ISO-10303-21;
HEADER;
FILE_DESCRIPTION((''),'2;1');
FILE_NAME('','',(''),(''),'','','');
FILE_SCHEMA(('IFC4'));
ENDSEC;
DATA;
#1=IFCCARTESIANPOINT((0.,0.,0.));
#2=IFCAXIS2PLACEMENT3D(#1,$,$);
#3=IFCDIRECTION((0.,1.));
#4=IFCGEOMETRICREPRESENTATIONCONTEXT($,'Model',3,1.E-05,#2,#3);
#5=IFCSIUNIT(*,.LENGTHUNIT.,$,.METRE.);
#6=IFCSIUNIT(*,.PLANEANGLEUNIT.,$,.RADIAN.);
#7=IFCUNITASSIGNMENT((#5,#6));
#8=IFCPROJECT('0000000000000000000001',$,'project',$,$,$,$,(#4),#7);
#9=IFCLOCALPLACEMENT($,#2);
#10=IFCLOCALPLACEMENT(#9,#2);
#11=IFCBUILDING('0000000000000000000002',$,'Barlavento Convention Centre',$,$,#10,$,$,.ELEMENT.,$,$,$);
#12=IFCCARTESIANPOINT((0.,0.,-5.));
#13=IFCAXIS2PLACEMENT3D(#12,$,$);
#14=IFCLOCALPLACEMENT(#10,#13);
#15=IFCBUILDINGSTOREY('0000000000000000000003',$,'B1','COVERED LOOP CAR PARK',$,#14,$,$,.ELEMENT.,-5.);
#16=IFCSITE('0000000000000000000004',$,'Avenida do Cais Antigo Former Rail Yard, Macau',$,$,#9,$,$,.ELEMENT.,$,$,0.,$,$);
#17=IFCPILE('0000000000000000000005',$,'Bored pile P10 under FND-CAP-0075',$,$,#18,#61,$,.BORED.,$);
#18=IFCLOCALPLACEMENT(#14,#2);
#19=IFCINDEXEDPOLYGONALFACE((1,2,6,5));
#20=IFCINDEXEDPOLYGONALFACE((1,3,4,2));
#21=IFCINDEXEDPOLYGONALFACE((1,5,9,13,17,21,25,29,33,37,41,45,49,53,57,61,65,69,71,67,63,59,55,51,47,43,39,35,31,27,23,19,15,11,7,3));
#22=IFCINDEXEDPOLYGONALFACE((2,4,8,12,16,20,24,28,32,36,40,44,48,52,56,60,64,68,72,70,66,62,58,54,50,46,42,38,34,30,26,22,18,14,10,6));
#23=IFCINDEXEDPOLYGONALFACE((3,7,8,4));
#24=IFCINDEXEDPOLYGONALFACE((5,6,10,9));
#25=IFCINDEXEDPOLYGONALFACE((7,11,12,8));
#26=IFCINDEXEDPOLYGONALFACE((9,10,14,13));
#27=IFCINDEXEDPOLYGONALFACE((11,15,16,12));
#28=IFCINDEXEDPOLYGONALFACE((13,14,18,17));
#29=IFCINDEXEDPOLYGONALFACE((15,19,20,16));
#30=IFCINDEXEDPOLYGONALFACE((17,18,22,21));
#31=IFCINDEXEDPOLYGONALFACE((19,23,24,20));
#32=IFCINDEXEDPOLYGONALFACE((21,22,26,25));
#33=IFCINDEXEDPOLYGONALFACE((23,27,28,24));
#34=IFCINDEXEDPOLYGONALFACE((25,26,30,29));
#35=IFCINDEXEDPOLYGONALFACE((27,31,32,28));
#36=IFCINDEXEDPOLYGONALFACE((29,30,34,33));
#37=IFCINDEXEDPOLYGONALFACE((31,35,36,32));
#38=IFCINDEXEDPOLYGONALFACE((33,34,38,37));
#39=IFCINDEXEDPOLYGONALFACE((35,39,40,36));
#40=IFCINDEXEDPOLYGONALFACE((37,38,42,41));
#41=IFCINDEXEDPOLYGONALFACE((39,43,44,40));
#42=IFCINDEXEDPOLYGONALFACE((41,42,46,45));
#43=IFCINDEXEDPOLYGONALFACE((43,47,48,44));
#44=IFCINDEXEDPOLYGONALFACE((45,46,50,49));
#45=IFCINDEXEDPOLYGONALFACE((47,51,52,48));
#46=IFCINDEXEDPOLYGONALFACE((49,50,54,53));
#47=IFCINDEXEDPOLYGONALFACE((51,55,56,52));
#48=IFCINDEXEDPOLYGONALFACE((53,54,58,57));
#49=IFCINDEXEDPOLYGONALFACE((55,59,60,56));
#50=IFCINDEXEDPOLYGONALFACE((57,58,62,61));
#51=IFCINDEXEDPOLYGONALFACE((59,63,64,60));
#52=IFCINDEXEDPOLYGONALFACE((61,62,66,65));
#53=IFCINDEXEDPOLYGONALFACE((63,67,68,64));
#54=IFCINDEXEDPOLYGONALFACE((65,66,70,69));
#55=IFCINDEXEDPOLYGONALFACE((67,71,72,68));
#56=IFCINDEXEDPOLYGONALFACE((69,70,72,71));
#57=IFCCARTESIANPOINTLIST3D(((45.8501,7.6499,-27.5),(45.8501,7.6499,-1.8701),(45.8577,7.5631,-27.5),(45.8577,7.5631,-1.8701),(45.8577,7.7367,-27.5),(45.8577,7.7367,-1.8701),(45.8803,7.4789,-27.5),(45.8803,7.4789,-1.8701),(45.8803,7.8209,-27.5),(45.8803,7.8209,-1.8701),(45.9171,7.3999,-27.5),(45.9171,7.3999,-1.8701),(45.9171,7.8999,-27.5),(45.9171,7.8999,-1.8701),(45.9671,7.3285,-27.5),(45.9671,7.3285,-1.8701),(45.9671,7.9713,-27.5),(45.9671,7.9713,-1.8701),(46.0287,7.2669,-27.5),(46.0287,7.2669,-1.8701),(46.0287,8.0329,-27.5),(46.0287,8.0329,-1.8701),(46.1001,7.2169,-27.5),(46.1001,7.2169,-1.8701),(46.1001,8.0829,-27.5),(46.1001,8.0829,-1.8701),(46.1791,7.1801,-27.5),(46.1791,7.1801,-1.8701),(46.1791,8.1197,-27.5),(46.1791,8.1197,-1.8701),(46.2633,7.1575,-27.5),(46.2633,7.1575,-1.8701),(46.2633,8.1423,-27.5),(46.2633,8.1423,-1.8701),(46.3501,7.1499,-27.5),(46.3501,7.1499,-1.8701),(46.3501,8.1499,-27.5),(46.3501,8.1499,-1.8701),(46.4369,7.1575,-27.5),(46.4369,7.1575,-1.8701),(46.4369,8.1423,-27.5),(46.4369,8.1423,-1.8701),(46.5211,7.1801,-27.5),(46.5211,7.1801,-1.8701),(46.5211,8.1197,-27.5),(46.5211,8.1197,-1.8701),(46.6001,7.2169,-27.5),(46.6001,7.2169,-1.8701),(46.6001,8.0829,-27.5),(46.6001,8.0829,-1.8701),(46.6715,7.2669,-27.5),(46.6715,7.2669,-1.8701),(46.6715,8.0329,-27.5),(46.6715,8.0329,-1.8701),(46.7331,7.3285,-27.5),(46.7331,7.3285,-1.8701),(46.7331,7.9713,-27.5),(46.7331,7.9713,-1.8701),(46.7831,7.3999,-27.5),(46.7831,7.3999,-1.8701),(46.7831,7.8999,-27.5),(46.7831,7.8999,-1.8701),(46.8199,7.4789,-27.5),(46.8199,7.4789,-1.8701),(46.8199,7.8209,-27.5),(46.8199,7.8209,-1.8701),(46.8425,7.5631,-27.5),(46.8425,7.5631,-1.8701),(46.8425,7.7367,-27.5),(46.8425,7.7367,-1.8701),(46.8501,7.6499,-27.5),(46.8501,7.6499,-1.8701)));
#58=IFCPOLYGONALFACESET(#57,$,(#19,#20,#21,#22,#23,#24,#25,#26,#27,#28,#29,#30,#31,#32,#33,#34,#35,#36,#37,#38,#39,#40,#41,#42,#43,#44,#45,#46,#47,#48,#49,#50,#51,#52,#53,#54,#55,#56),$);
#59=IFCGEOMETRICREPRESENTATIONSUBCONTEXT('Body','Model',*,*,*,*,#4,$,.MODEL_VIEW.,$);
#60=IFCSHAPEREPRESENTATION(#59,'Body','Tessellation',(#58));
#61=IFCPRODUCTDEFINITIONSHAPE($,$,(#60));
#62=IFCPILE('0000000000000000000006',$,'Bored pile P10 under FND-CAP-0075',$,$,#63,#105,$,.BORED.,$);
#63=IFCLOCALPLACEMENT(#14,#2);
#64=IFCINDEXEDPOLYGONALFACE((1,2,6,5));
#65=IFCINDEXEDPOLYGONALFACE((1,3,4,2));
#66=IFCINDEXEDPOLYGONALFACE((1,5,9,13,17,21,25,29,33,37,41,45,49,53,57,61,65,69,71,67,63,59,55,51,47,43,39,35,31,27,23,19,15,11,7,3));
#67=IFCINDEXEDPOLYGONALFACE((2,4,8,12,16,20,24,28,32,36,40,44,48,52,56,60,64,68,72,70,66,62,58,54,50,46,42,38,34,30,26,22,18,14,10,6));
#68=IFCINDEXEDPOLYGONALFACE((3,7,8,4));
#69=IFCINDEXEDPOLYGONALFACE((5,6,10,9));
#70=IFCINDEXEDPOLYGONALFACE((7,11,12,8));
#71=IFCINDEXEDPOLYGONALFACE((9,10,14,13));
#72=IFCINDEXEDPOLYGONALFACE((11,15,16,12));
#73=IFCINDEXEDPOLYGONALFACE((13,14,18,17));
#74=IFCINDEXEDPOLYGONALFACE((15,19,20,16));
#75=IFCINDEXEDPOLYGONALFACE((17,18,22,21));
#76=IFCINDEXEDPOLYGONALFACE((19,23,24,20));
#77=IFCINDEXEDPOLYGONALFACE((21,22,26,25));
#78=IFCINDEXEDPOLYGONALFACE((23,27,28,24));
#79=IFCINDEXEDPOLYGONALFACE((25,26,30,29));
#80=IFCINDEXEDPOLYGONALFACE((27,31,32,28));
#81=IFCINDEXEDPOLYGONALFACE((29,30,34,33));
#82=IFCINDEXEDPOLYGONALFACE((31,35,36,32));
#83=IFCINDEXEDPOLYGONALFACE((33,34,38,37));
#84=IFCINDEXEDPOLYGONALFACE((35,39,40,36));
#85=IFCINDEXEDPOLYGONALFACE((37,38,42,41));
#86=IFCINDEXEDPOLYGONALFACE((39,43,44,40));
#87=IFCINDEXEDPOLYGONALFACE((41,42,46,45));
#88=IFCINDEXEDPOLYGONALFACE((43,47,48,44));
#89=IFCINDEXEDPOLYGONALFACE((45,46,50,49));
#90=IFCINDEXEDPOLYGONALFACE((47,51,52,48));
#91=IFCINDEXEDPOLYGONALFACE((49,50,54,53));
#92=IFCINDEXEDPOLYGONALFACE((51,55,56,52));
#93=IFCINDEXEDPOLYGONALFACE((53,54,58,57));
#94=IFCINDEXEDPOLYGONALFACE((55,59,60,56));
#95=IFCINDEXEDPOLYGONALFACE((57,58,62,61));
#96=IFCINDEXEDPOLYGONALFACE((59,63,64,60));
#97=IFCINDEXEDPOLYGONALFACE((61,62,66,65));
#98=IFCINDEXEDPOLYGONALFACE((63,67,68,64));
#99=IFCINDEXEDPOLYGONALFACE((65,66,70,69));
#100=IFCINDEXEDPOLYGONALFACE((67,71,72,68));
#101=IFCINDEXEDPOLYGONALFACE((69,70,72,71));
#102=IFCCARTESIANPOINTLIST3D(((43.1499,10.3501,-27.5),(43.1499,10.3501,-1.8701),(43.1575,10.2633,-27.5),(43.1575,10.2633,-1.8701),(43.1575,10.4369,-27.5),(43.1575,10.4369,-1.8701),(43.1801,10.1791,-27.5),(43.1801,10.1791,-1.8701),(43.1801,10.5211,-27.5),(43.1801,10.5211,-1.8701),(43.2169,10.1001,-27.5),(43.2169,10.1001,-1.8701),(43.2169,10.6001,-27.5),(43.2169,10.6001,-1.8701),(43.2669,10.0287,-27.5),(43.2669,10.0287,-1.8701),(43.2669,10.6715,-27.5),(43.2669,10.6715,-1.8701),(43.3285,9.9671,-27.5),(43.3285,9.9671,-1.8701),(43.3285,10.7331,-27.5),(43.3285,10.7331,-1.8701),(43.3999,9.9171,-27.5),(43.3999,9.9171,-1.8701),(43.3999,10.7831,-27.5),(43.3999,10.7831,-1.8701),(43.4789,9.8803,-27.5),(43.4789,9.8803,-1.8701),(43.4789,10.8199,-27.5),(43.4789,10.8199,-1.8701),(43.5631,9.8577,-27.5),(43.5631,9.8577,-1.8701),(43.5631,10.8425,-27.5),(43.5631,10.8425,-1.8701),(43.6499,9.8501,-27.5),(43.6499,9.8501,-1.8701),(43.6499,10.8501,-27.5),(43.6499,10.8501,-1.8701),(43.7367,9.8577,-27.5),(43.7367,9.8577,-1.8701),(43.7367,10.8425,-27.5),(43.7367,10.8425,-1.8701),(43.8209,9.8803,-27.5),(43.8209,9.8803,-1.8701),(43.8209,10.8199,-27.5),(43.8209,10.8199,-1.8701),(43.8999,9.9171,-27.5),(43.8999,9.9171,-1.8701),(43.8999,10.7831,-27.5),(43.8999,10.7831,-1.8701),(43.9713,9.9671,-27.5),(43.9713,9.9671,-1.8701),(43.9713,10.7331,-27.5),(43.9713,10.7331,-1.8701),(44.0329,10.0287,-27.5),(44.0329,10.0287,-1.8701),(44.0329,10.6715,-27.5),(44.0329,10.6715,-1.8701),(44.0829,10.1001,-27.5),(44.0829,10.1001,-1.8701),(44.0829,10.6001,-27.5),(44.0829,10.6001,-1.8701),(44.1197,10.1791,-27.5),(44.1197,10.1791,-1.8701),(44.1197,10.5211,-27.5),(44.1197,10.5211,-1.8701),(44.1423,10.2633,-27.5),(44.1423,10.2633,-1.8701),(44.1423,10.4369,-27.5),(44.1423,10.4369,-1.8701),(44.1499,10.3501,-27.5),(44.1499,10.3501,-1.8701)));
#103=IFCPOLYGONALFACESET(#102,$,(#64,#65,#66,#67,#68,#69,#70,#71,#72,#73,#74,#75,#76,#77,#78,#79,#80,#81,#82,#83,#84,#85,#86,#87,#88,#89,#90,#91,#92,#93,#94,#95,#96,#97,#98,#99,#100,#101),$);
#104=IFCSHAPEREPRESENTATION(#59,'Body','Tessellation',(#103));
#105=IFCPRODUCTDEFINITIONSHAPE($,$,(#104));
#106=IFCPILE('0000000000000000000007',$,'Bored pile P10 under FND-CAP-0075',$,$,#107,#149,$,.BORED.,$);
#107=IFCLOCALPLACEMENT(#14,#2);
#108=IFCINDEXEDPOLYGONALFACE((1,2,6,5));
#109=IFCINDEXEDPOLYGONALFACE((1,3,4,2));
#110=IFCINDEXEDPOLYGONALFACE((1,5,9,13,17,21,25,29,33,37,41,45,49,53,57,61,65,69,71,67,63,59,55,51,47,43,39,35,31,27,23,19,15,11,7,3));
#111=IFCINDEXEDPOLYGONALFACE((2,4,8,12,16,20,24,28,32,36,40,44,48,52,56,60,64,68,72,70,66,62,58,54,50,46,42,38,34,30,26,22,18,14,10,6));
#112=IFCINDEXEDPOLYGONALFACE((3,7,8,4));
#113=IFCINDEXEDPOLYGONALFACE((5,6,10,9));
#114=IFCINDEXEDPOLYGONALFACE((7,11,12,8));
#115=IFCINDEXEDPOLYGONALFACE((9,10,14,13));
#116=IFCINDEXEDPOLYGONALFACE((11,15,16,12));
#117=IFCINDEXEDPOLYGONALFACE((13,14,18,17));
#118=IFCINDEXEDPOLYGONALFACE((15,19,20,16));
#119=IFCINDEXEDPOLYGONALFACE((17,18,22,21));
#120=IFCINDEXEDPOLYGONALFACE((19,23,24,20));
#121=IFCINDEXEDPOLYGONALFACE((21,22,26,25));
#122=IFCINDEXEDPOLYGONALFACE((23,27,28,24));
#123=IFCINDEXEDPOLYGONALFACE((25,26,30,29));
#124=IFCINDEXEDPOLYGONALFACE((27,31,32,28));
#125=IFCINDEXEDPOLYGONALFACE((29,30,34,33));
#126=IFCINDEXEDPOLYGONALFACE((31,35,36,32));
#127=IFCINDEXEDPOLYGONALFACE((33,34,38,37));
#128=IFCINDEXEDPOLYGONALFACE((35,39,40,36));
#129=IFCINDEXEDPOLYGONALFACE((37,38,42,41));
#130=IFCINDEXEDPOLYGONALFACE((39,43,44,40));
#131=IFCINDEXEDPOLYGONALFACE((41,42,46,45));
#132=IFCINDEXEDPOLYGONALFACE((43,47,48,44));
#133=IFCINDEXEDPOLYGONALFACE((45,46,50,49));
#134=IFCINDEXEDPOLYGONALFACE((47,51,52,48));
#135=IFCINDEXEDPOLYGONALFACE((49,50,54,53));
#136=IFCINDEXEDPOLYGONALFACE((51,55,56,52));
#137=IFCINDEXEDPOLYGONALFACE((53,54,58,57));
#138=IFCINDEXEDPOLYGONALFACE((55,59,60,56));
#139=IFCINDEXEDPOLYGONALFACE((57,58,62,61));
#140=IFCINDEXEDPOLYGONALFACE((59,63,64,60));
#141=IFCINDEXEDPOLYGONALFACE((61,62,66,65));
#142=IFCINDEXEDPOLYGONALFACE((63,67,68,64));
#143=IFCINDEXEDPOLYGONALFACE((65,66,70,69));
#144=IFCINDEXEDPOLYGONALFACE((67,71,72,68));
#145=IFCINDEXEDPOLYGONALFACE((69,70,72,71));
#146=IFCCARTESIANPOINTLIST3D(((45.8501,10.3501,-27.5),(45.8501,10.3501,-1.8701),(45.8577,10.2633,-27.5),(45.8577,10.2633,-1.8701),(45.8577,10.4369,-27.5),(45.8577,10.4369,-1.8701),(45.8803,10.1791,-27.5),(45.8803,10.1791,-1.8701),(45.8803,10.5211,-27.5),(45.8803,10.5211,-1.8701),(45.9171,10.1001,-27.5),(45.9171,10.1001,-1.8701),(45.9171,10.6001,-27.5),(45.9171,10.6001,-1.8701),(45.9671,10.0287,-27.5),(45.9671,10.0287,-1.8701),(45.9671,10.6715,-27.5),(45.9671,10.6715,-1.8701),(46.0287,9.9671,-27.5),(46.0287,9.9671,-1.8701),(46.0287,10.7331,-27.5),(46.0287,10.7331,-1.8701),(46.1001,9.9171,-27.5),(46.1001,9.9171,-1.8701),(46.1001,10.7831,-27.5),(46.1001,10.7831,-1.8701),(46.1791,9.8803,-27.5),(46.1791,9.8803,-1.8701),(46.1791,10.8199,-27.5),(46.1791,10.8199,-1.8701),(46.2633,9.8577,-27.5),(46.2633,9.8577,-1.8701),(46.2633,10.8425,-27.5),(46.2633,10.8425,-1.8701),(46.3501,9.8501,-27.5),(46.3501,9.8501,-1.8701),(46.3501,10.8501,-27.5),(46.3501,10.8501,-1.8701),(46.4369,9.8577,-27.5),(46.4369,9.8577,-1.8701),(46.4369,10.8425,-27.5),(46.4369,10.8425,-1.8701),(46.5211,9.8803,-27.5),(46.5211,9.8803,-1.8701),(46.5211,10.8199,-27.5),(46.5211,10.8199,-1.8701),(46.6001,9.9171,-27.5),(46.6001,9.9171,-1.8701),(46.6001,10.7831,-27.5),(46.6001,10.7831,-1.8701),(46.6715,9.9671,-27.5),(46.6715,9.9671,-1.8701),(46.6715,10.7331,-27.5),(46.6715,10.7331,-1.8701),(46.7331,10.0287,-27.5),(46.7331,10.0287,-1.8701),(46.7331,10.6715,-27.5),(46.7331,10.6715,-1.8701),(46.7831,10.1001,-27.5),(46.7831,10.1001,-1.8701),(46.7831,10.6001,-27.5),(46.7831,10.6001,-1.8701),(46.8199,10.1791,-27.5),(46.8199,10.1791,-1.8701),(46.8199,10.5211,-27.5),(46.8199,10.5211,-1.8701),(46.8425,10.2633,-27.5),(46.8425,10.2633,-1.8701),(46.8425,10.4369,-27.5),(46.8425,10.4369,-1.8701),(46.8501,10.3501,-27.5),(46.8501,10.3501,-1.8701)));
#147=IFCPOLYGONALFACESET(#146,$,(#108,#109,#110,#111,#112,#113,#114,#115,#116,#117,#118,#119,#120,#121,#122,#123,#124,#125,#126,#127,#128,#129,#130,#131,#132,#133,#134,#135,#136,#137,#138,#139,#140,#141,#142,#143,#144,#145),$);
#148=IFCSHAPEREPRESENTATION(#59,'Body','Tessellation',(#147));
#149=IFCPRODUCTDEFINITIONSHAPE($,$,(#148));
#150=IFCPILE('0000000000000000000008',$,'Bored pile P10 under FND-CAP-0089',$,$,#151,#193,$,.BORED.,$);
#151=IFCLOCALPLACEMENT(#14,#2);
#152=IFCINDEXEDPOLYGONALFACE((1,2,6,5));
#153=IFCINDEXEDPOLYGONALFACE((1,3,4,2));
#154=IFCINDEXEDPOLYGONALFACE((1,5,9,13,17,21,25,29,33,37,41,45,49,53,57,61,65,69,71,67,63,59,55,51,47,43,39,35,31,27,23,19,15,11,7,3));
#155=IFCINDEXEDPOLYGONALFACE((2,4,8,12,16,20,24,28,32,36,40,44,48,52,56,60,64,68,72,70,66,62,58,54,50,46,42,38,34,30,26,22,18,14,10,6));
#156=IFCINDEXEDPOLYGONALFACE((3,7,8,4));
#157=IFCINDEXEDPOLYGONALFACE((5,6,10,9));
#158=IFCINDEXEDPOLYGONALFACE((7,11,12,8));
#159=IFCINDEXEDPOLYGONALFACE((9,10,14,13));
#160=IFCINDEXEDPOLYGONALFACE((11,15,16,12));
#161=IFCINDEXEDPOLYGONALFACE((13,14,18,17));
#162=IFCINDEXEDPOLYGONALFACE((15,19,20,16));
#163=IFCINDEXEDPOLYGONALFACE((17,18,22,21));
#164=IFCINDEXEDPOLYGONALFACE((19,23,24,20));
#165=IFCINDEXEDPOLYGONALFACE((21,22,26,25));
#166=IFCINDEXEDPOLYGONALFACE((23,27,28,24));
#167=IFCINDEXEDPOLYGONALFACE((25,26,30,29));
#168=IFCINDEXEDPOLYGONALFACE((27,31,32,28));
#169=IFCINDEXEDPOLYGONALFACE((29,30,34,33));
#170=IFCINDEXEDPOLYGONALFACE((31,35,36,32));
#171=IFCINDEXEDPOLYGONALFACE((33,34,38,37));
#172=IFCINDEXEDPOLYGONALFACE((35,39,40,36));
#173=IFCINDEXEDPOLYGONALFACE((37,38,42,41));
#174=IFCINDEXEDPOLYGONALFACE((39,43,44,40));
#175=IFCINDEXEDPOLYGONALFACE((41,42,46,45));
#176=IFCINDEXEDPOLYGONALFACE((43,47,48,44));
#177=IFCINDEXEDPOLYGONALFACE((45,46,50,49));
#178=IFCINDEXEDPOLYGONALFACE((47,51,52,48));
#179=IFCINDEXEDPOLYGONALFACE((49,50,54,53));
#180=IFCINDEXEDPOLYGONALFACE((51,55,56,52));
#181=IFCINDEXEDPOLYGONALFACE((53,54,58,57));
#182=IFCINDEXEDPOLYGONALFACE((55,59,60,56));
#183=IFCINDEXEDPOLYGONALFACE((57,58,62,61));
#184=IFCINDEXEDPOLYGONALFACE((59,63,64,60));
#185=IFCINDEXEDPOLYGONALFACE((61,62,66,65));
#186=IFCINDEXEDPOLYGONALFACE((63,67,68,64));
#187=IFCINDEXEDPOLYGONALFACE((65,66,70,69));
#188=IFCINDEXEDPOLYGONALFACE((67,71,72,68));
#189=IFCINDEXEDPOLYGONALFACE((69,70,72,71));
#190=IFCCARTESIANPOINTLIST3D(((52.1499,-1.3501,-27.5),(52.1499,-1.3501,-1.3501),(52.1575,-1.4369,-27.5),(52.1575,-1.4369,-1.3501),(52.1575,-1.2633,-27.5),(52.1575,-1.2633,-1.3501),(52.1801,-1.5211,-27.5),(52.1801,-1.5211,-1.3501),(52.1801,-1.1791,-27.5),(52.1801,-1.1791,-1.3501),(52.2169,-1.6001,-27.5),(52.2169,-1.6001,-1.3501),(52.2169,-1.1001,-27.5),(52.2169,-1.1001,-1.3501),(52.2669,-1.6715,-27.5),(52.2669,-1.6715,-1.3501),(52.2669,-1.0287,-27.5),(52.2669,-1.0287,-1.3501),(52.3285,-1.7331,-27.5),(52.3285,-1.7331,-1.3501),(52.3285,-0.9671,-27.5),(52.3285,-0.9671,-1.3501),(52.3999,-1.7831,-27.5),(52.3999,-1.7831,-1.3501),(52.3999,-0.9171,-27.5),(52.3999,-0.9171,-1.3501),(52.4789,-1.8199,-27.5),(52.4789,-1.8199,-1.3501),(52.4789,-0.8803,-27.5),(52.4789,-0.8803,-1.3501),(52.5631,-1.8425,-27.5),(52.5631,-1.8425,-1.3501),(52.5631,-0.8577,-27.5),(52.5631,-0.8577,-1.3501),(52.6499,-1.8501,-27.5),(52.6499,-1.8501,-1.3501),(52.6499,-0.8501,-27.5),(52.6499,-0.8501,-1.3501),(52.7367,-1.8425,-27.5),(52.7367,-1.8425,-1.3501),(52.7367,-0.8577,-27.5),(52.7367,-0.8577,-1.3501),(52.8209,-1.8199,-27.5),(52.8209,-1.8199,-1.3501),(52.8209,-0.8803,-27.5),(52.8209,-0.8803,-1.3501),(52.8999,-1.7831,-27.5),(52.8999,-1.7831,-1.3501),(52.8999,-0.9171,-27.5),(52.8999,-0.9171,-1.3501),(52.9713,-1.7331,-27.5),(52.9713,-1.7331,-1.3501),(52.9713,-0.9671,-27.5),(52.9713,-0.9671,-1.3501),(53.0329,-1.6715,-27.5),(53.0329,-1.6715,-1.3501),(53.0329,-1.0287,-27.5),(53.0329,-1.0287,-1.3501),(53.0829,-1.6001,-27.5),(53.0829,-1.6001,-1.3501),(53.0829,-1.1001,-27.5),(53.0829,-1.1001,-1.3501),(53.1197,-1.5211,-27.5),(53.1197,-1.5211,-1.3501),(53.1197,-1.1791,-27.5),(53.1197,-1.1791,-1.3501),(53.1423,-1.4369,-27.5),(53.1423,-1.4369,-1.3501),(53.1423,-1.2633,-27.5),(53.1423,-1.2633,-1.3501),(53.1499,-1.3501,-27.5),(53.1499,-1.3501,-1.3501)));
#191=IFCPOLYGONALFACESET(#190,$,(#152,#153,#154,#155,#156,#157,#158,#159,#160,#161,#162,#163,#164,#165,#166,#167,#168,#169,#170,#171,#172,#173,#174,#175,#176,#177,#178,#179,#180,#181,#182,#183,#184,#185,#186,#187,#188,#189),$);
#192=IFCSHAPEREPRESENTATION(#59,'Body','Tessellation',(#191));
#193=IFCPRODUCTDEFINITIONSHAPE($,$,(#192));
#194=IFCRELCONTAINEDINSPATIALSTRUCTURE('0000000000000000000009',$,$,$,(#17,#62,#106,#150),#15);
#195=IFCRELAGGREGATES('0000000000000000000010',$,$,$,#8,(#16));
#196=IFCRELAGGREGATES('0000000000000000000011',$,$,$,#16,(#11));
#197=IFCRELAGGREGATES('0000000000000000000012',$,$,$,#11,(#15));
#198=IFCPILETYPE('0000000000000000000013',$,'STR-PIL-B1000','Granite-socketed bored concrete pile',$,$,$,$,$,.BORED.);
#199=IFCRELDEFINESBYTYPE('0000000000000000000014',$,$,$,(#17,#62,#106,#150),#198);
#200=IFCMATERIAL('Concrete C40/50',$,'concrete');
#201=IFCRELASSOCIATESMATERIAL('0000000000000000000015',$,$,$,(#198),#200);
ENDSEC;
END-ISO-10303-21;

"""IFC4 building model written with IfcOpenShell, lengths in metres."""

from ifc_helpers import new_model, si_unit, direction, frame, origin, origin_2d, place, context, subcontext, project, spatial, circle, extrude, material, material_profile, profile_set, type_object, element, save


model = new_model("IFC4")

# Units and contexts
model_context = context("Model", 3, precision=1e-05, world=origin(), true_north=direction((0.0, 1.0)))
body_context = subcontext(model_context, "Body", "Model", "MODEL_VIEW")
ifc_project = project(units=[si_unit("LENGTHUNIT", "METRE"), si_unit("PLANEANGLEUNIT", "RADIAN")], contexts=[model_context])

# Site, building, storey
site_placement = place(None, origin())
site = spatial("IfcSite", under=ifc_project, at=site_placement, Name="Avenida do Cais Antigo Former Rail Yard, Macau", CompositionType="ELEMENT", RefElevation=0.0)
building_placement = place(site_placement, origin())
building = spatial("IfcBuilding", under=site, at=building_placement, Name="Barlavento Convention Centre", CompositionType="ELEMENT")
storey_placement = place(building_placement, frame((0.0, 0.0, -5.0)))
storey = spatial("IfcBuildingStorey", under=building, at=storey_placement, Name="B1", Description="COVERED LOOP CAR PARK", CompositionType="ELEMENT", Elevation=-5.0)

# Shared definitions
ifc_material_1 = material(Name="Concrete C40/50", Category="concrete")

# Piles
ifc_material_profile_1 = material_profile(ifc_material_1, circle(Radius=0.5, at=origin_2d()), Name="BORED PILE 1000")
ifc_profile_set_1 = profile_set([ifc_material_profile_1], Name="Concrete C40/50")
pile_type_1 = type_object("IfcPileType", Name="STR-PIL-B1000", Description="Granite-socketed bored concrete pile", PredefinedType="BORED", material=ifc_profile_set_1)
for number, where, z_axis, x_axis, name in (
    (1, (46.3501, 7.6499, -1.8701), (0.0, 0.0, -1.0), (1.0, 0.0, 0.0), "Bored pile P10 under FND-CAP-0075"),
    (2, (43.6499, 10.3501, -1.8701), (0.0, 0.0, -1.0), (1.0, 0.0, 0.0), "Bored pile P10 under FND-CAP-0075"),
    (3, (46.3501, 10.3501, -1.8701), (0.0, 0.0, -1.0), (1.0, 0.0, 0.0), "Bored pile P10 under FND-CAP-0075"),
):
    element("IfcPile", number, at=place(storey_placement, frame(where, z_axis=z_axis, x_axis=x_axis)), inside=storey, type_object=pile_type_1, Name=name, PredefinedType="BORED", context=body_context, shape_type="SweptSolid", body=[
        extrude(circle(Radius=0.5, at=origin_2d()), origin(), (0.0, 0.0, 1.0), 25.6299),
    ])
for number, where, z_axis, x_axis, name in (
    (4, (52.6499, -1.3501, -1.3501), (0.0, 0.0, -1.0), (1.0, 0.0, 0.0), "Bored pile P10 under FND-CAP-0089"),
):
    element("IfcPile", number, at=place(storey_placement, frame(where, z_axis=z_axis, x_axis=x_axis)), inside=storey, type_object=pile_type_1, Name=name, PredefinedType="BORED", context=body_context, shape_type="SweptSolid", body=[
        extrude(circle(Radius=0.5, at=origin_2d()), origin(), (0.0, 0.0, 1.0), 26.1499),
    ])

save(model, "model.ifc")
